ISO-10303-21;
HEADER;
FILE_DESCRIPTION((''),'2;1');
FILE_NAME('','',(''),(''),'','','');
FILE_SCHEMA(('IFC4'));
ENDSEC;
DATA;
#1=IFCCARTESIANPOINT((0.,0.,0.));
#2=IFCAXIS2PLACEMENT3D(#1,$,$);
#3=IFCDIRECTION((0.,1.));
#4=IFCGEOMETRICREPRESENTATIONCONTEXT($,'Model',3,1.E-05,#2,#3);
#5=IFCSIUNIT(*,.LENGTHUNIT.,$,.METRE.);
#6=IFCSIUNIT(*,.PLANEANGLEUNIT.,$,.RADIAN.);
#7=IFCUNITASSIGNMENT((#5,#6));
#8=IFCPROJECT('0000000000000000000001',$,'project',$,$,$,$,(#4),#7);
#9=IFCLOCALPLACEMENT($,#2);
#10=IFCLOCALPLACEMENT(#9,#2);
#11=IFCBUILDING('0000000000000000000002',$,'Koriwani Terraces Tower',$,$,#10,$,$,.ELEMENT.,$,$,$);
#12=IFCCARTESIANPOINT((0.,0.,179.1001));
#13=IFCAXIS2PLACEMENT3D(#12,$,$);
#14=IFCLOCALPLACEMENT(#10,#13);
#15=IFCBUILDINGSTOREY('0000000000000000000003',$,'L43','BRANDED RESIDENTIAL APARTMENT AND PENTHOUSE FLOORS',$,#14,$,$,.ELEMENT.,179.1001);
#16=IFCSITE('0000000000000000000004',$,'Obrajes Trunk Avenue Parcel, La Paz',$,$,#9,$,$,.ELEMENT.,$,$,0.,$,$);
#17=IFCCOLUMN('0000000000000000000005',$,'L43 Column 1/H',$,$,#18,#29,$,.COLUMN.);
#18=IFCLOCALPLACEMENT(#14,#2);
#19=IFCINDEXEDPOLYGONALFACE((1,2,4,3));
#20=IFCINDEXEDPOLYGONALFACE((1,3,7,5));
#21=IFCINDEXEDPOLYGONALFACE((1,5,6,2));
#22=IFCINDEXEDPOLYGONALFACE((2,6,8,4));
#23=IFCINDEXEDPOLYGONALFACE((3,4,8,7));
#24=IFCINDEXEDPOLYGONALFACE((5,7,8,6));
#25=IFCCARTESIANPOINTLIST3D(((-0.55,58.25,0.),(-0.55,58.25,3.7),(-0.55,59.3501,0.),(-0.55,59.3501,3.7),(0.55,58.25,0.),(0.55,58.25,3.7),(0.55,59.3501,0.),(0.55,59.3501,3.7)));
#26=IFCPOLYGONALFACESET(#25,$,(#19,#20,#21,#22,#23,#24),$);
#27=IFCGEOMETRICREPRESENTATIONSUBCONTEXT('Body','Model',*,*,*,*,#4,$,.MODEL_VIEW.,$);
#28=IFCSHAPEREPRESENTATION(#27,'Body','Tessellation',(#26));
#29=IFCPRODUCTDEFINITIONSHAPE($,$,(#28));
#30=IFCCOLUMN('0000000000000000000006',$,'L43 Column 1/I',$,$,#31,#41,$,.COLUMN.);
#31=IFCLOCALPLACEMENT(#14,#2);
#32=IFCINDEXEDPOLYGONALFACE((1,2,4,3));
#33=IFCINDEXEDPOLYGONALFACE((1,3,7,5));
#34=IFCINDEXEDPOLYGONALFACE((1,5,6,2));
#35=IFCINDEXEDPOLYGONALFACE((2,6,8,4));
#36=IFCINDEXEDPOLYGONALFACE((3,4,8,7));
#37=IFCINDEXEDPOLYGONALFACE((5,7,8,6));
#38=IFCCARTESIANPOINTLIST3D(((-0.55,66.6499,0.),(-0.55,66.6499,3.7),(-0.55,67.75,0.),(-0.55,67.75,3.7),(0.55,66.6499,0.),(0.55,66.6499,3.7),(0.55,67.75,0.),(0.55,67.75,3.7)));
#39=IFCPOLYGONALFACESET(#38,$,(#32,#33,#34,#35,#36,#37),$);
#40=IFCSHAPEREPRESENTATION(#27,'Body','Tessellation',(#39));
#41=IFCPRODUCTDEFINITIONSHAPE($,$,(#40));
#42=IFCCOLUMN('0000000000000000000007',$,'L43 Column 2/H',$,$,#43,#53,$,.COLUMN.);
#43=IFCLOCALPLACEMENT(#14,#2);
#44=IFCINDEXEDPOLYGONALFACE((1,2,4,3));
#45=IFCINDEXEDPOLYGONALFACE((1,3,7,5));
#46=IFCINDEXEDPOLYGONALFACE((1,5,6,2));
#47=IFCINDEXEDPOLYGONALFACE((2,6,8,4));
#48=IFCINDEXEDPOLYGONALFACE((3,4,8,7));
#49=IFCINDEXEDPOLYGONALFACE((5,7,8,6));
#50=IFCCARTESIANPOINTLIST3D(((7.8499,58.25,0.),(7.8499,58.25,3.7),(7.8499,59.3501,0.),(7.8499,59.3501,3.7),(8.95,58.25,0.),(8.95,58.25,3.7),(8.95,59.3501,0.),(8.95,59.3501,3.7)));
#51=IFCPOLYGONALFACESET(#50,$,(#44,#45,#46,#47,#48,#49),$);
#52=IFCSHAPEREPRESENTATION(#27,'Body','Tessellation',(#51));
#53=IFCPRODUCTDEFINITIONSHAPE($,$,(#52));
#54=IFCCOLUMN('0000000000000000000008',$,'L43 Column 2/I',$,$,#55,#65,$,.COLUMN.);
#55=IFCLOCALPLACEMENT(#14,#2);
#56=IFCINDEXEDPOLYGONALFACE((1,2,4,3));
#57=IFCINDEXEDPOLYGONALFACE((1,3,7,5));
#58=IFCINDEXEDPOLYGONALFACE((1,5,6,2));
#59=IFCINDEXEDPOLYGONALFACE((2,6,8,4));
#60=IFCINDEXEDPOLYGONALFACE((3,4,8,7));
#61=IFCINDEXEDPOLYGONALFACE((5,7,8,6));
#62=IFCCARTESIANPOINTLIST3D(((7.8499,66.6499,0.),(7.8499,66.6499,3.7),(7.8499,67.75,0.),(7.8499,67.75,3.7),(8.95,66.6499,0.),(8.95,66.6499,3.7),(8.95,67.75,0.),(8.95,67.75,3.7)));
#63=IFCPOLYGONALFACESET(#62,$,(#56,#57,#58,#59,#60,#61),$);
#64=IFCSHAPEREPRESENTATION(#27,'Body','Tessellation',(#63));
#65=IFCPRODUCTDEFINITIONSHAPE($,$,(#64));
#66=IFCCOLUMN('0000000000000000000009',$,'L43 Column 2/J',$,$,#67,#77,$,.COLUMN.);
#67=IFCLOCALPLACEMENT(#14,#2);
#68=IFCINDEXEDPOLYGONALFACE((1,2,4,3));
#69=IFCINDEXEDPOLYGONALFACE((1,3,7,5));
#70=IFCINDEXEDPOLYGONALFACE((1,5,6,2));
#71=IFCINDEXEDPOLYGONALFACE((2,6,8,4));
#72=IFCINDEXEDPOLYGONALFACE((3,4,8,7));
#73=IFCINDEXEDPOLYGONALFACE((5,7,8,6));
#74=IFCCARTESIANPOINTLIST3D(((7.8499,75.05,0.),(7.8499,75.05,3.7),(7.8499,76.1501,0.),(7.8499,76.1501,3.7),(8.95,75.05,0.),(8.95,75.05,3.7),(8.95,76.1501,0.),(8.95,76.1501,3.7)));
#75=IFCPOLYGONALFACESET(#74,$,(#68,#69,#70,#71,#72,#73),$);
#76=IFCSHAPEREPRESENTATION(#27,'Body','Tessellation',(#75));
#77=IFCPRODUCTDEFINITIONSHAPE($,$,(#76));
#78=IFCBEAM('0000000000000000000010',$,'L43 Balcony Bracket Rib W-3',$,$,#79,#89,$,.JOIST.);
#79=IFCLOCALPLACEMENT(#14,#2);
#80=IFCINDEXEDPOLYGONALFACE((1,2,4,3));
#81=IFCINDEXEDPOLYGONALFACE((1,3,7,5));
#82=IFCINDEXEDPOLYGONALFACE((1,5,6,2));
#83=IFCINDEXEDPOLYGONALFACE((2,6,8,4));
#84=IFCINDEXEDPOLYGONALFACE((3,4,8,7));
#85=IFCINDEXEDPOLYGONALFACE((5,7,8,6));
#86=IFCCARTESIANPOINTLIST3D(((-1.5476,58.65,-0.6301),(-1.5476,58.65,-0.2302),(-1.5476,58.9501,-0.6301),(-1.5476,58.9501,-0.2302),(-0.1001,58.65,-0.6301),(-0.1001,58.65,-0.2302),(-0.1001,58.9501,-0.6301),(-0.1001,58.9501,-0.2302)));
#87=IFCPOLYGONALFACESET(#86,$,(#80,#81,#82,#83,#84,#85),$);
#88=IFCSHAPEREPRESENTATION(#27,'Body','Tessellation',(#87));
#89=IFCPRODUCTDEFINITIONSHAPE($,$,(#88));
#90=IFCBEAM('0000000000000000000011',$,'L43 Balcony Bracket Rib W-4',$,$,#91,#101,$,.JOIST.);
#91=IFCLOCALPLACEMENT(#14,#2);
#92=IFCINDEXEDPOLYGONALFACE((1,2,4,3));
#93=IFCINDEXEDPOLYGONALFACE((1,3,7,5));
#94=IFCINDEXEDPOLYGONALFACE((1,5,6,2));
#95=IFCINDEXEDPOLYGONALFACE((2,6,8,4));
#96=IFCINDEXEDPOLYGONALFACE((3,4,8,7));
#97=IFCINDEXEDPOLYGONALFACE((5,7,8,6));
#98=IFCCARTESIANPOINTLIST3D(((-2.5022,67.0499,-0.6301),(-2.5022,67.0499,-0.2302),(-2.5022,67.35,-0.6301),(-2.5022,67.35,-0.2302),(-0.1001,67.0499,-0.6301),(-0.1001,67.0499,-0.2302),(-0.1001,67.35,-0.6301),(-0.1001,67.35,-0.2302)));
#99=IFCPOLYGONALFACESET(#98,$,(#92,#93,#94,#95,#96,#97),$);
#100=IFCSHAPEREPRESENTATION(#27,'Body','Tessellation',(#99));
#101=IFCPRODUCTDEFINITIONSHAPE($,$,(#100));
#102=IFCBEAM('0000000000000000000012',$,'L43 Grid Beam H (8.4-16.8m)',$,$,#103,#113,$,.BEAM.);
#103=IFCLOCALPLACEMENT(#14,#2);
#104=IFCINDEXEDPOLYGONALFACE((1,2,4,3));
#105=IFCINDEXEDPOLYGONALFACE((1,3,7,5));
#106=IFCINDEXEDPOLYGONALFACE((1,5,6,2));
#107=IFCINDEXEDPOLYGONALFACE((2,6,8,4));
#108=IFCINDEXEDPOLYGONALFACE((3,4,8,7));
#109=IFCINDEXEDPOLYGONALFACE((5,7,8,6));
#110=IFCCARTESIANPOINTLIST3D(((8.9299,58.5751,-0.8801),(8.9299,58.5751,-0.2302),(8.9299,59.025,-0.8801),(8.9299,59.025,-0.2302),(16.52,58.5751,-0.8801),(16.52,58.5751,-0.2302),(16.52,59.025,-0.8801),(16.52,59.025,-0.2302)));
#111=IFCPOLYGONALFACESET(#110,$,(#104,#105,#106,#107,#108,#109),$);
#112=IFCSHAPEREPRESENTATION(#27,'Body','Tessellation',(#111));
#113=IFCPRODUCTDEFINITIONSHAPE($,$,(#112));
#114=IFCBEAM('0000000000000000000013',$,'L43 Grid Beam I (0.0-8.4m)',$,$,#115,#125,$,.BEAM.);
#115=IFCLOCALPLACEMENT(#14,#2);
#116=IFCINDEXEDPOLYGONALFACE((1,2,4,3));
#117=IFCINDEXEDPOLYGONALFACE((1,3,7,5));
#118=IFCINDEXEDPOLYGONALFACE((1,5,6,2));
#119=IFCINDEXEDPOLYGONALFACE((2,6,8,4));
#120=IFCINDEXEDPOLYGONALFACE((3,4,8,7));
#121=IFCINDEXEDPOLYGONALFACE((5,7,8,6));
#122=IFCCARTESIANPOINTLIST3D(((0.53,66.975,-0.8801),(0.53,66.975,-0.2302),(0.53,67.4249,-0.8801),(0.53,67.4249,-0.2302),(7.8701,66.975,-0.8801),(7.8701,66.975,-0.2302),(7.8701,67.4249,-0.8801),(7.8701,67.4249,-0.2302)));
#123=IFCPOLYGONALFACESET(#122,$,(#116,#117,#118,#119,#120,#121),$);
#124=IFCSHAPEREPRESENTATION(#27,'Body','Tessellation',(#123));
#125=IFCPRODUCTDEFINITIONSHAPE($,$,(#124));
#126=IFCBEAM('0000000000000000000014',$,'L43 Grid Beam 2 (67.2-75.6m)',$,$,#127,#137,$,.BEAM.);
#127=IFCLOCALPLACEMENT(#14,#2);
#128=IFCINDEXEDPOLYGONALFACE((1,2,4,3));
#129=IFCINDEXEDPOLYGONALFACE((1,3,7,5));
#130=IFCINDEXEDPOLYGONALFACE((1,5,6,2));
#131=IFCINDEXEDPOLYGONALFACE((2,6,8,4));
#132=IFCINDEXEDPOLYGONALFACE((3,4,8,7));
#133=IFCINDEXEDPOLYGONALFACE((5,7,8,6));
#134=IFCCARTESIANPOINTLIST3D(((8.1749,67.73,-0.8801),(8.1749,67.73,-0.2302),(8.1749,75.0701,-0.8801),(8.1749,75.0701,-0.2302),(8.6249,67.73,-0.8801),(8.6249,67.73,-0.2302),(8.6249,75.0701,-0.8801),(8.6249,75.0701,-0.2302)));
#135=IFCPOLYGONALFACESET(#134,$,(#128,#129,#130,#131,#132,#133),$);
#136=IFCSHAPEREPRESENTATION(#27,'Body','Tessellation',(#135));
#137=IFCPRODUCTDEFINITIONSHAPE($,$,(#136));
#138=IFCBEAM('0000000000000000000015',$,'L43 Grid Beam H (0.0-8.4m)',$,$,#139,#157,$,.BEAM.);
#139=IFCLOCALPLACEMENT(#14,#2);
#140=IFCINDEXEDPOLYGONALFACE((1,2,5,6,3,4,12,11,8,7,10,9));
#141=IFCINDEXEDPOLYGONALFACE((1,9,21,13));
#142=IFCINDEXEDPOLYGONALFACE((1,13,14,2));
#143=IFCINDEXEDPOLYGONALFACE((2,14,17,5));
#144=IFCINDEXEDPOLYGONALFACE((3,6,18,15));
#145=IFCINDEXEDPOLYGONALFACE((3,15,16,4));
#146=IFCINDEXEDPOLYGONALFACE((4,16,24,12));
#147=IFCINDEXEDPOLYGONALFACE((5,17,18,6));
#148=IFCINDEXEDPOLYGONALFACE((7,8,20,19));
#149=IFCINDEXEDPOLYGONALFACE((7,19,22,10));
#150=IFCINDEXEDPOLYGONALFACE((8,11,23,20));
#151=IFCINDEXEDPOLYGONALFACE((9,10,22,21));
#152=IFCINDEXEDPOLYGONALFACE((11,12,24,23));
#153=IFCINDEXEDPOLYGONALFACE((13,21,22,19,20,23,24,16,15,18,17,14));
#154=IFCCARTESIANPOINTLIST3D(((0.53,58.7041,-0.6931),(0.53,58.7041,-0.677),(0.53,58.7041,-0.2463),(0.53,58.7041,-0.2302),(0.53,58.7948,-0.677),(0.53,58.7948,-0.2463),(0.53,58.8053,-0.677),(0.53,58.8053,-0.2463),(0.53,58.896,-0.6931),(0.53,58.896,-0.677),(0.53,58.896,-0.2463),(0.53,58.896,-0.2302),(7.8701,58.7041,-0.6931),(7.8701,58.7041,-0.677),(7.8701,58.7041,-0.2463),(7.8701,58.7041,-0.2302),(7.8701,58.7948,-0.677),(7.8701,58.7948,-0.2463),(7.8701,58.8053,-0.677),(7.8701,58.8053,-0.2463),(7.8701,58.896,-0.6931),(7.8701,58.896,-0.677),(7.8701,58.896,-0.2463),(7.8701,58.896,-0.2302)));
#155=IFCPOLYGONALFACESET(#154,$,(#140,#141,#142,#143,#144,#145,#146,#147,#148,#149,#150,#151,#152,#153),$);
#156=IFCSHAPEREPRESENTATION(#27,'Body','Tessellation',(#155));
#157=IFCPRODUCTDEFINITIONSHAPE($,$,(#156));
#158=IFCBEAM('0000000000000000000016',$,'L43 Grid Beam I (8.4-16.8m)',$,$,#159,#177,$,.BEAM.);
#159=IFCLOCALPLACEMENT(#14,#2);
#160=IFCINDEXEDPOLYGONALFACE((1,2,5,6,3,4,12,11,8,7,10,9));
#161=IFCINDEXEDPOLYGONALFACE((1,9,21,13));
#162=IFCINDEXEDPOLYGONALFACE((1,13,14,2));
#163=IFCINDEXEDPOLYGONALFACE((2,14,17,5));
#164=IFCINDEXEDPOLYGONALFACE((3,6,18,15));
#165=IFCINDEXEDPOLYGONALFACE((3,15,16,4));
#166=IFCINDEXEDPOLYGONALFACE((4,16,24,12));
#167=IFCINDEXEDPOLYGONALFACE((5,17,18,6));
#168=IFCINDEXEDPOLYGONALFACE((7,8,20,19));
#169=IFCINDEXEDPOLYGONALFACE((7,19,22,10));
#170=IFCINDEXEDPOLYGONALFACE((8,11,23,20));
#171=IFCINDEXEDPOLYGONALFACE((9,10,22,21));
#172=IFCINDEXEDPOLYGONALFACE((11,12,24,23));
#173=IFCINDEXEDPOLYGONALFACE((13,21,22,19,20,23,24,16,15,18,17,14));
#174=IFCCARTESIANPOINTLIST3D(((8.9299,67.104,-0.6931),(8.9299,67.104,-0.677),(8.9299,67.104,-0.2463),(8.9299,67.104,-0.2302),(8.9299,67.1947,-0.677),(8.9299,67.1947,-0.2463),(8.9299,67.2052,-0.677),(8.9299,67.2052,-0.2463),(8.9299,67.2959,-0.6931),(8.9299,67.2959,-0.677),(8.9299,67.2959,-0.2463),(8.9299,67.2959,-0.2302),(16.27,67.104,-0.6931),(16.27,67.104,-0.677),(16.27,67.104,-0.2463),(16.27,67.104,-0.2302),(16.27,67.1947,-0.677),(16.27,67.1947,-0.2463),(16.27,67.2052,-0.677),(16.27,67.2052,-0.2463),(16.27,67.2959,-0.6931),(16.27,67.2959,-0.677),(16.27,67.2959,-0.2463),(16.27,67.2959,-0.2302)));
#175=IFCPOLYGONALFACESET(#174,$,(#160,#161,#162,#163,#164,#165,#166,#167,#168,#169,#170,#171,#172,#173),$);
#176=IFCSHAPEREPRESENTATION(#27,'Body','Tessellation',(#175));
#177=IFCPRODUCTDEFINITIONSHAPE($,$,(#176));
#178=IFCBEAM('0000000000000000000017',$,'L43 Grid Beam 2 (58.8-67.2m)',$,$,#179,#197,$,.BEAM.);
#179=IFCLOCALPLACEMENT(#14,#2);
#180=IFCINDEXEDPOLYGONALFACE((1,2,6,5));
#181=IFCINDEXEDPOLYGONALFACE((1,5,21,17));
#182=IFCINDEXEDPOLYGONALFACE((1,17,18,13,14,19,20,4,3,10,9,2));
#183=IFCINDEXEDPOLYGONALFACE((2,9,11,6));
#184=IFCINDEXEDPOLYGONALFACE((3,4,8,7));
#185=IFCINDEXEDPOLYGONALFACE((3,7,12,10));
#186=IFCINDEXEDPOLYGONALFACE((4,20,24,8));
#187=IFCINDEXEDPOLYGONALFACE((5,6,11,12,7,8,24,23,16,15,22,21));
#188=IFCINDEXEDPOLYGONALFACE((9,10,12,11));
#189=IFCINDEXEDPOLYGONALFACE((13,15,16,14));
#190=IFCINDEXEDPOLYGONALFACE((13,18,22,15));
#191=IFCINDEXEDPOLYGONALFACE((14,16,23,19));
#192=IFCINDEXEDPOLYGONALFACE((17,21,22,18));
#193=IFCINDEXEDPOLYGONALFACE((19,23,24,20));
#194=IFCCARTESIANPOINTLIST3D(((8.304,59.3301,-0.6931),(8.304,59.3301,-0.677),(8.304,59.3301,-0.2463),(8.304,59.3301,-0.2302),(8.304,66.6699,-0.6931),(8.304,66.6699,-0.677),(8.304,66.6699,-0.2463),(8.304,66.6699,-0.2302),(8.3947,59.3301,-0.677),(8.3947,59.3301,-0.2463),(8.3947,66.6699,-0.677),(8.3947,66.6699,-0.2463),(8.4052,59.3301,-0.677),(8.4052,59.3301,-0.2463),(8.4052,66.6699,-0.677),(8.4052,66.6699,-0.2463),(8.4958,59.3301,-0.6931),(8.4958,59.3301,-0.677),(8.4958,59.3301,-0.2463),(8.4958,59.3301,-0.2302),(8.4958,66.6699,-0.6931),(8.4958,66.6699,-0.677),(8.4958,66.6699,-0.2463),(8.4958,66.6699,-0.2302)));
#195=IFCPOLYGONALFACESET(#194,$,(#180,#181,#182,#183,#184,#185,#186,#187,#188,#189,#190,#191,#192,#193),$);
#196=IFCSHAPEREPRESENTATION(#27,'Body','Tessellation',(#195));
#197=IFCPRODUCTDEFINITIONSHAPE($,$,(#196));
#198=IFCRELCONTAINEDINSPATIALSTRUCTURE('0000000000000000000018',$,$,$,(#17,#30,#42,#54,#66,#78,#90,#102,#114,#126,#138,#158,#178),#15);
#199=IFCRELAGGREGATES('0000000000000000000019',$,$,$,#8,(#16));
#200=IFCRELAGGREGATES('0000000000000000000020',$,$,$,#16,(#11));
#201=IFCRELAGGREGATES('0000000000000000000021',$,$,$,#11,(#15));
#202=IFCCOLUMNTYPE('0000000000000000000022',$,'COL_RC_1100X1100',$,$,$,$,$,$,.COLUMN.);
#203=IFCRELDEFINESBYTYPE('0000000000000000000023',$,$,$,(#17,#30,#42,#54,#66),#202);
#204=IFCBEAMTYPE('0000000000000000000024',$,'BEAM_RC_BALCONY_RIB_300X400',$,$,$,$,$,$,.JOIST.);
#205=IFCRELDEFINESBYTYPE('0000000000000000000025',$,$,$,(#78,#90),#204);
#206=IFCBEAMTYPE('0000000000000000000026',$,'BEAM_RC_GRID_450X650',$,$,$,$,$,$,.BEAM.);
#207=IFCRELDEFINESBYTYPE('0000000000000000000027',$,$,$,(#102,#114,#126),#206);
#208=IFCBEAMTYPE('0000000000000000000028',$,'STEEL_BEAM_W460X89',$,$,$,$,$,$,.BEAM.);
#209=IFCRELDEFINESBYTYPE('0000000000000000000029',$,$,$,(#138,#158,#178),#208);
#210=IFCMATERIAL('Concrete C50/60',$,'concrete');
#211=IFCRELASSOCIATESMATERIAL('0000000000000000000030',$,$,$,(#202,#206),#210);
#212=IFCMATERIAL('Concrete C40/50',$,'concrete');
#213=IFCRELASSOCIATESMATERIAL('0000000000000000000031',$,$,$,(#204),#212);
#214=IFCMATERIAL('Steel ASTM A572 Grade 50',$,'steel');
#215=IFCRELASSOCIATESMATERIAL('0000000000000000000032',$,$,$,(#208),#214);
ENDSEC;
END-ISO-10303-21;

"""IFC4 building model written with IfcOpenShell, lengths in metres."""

from ifc_helpers import new_model, si_unit, direction, frame, origin, origin_2d, place, context, subcontext, project, spatial, rectangle, i_section, extrude, material, material_profile, profile_set, type_object, element, save


model = new_model("IFC4")

# Units and contexts
model_context = context("Model", 3, precision=1e-05, world=origin(), true_north=direction((0.0, 1.0)))
body_context = subcontext(model_context, "Body", "Model", "MODEL_VIEW")
ifc_project = project(units=[si_unit("LENGTHUNIT", "METRE"), si_unit("PLANEANGLEUNIT", "RADIAN")], contexts=[model_context])

# Site, building, storey
site_placement = place(None, origin())
site = spatial("IfcSite", under=ifc_project, at=site_placement, Name="Obrajes Trunk Avenue Parcel, La Paz", CompositionType="ELEMENT", RefElevation=0.0)
building_placement = place(site_placement, origin())
building = spatial("IfcBuilding", under=site, at=building_placement, Name="Koriwani Terraces Tower", CompositionType="ELEMENT")
storey_placement = place(building_placement, frame((0.0, 0.0, 179.1001)))
storey = spatial("IfcBuildingStorey", under=building, at=storey_placement, Name="L43", Description="BRANDED RESIDENTIAL APARTMENT AND PENTHOUSE FLOORS", CompositionType="ELEMENT", Elevation=179.1001)

# Columns
ifc_material_1 = material(Name="Concrete C50/60", Category="concrete")
ifc_material_profile_1 = material_profile(ifc_material_1, rectangle(XDim=1.1001, YDim=1.1001, at=origin_2d()), Name="Concrete C50/60", Category="LoadBearing")
ifc_profile_set_1 = profile_set([ifc_material_profile_1], Name="Concrete C50/60")
column_type = type_object("IfcColumnType", Name="COL_RC_1100X1100", PredefinedType="COLUMN", material=ifc_profile_set_1)
for number, where, z_axis, x_axis, name in (
    (1, (0.0, 58.8, 0.0), (0.0, 0.0, 1.0), (1.0, 0.0, 0.0), "L43 Column 1/H"),
    (2, (0.0, 67.2, 0.0), (0.0, 0.0, 1.0), (1.0, 0.0, 0.0), "L43 Column 1/I"),
    (3, (8.3999, 58.8, 0.0), (0.0, 0.0, 1.0), (1.0, 0.0, 0.0), "L43 Column 2/H"),
    (4, (8.3999, 67.2, 0.0), (0.0, 0.0, 1.0), (1.0, 0.0, 0.0), "L43 Column 2/I"),
    (5, (8.3999, 75.6001, 0.0), (0.0, 0.0, 1.0), (1.0, 0.0, 0.0), "L43 Column 2/J"),
):
    element("IfcColumn", number, at=place(storey_placement, frame(where, z_axis=z_axis, x_axis=x_axis)), inside=storey, type_object=column_type, Name=name, PredefinedType="COLUMN", context=body_context, shape_type="SweptSolid", body=[
        extrude(rectangle(XDim=1.1001, YDim=1.1001, at=origin_2d()), origin(), (0.0, 0.0, 1.0), 3.7),
    ])

# Beams
ifc_material_2 = material(Name="Concrete C40/50", Category="concrete")
ifc_material_profile_2 = material_profile(ifc_material_2, rectangle(XDim=0.3, YDim=0.3999, at=origin_2d()), Name="Concrete C40/50", Category="LoadBearing")
ifc_profile_set_2 = profile_set([ifc_material_profile_2], Name="Concrete C40/50")
beam_type_1 = type_object("IfcBeamType", Name="BEAM_RC_BALCONY_RIB_300X400", PredefinedType="JOIST", material=ifc_profile_set_2)
beam_1_placement = place(storey_placement, frame((-1.5476, 58.8, -0.4302), z_axis=(1.0, 0.0, 0.0), x_axis=(0.0, 1.0, 0.0)))
element("IfcBeam", 6, at=beam_1_placement, inside=storey, type_object=beam_type_1, Name="L43 Balcony Bracket Rib W-3", PredefinedType="JOIST", context=body_context, shape_type="SweptSolid", body=[
    extrude(rectangle(XDim=0.3, YDim=0.3999, at=origin_2d()), origin(), (0.0, 0.0, 1.0), 1.4475),
])
beam_2_placement = place(storey_placement, frame((-2.5022, 67.2, -0.4302), z_axis=(1.0, 0.0, 0.0), x_axis=(0.0, 1.0, 0.0)))
element("IfcBeam", 7, at=beam_2_placement, inside=storey, type_object=beam_type_1, Name="L43 Balcony Bracket Rib W-4", PredefinedType="JOIST", context=body_context, shape_type="SweptSolid", body=[
    extrude(rectangle(XDim=0.3, YDim=0.3999, at=origin_2d()), origin(), (0.0, 0.0, 1.0), 2.4021),
])
ifc_material_profile_3 = material_profile(ifc_material_1, rectangle(XDim=0.45, YDim=0.6499, at=origin_2d()), Name="Concrete C50/60", Category="LoadBearing")
ifc_profile_set_3 = profile_set([ifc_material_profile_3], Name="Concrete C50/60")
beam_type_2 = type_object("IfcBeamType", Name="BEAM_RC_GRID_450X650", PredefinedType="BEAM", material=ifc_profile_set_3)
beam_3_placement = place(storey_placement, frame((8.9299, 58.8, -0.5552), z_axis=(1.0, 0.0, 0.0), x_axis=(0.0, 1.0, 0.0)))
element("IfcBeam", 8, at=beam_3_placement, inside=storey, type_object=beam_type_2, Name="L43 Grid Beam H (8.4-16.8m)", PredefinedType="BEAM", context=body_context, shape_type="SweptSolid", body=[
    extrude(rectangle(XDim=0.45, YDim=0.6499, at=origin_2d()), origin(), (0.0, 0.0, 1.0), 7.5901),
])
for number, where, z_axis, x_axis, name in (
    (9, (0.53, 67.2, -0.5552), (1.0, 0.0, 0.0), (0.0, 1.0, 0.0), "L43 Grid Beam I (0.0-8.4m)"),
    (10, (8.3999, 67.73, -0.5552), (0.0, 1.0, 0.0), (-1.0, 0.0, 0.0), "L43 Grid Beam 2 (67.2-75.6m)"),
):
    element("IfcBeam", number, at=place(storey_placement, frame(where, z_axis=z_axis, x_axis=x_axis)), inside=storey, type_object=beam_type_2, Name=name, PredefinedType="BEAM", context=body_context, shape_type="SweptSolid", body=[
        extrude(rectangle(XDim=0.45, YDim=0.6499, at=origin_2d()), origin(), (0.0, 0.0, 1.0), 7.3401),
    ])
ifc_material_3 = material(Name="Steel ASTM A572 Grade 50", Category="steel")
ifc_material_profile_4 = material_profile(ifc_material_3, i_section(OverallWidth=0.1919, OverallDepth=0.4629, WebThickness=0.0105, FlangeThickness=0.0161, at=origin_2d()), Name="Steel ASTM A572 Grade 50", Category="LoadBearing")
ifc_profile_set_4 = profile_set([ifc_material_profile_4], Name="Steel ASTM A572 Grade 50")
beam_type_3 = type_object("IfcBeamType", Name="STEEL_BEAM_W460X89", PredefinedType="BEAM", material=ifc_profile_set_4)
for number, where, z_axis, x_axis, name in (
    (11, (0.53, 58.8, -0.4617), (1.0, 0.0, 0.0), (0.0, 1.0, 0.0), "L43 Grid Beam H (0.0-8.4m)"),
    (12, (8.9299, 67.2, -0.4617), (1.0, 0.0, 0.0), (0.0, 1.0, 0.0), "L43 Grid Beam I (8.4-16.8m)"),
):
    element("IfcBeam", number, at=place(storey_placement, frame(where, z_axis=z_axis, x_axis=x_axis)), inside=storey, type_object=beam_type_3, Name=name, PredefinedType="BEAM", context=body_context, shape_type="SweptSolid", body=[
        extrude(i_section(OverallWidth=0.1919, OverallDepth=0.4629, WebThickness=0.0105, FlangeThickness=0.0161, at=origin_2d()), origin(), (0.0, 0.0, 1.0), 7.3401),
    ])
beam_4_placement = place(storey_placement, frame((8.3999, 59.3301, -0.4617), z_axis=(0.0, 1.0, 0.0), x_axis=(-1.0, 0.0, 0.0)))
element("IfcBeam", 13, at=beam_4_placement, inside=storey, type_object=beam_type_3, Name="L43 Grid Beam 2 (58.8-67.2m)", PredefinedType="BEAM", context=body_context, shape_type="SweptSolid", body=[
    extrude(i_section(OverallWidth=0.1919, OverallDepth=0.4629, WebThickness=0.0105, FlangeThickness=0.0161, at=origin_2d()), origin(), (0.0, 0.0, 1.0), 7.3398),
])

save(model, "model.ifc")
